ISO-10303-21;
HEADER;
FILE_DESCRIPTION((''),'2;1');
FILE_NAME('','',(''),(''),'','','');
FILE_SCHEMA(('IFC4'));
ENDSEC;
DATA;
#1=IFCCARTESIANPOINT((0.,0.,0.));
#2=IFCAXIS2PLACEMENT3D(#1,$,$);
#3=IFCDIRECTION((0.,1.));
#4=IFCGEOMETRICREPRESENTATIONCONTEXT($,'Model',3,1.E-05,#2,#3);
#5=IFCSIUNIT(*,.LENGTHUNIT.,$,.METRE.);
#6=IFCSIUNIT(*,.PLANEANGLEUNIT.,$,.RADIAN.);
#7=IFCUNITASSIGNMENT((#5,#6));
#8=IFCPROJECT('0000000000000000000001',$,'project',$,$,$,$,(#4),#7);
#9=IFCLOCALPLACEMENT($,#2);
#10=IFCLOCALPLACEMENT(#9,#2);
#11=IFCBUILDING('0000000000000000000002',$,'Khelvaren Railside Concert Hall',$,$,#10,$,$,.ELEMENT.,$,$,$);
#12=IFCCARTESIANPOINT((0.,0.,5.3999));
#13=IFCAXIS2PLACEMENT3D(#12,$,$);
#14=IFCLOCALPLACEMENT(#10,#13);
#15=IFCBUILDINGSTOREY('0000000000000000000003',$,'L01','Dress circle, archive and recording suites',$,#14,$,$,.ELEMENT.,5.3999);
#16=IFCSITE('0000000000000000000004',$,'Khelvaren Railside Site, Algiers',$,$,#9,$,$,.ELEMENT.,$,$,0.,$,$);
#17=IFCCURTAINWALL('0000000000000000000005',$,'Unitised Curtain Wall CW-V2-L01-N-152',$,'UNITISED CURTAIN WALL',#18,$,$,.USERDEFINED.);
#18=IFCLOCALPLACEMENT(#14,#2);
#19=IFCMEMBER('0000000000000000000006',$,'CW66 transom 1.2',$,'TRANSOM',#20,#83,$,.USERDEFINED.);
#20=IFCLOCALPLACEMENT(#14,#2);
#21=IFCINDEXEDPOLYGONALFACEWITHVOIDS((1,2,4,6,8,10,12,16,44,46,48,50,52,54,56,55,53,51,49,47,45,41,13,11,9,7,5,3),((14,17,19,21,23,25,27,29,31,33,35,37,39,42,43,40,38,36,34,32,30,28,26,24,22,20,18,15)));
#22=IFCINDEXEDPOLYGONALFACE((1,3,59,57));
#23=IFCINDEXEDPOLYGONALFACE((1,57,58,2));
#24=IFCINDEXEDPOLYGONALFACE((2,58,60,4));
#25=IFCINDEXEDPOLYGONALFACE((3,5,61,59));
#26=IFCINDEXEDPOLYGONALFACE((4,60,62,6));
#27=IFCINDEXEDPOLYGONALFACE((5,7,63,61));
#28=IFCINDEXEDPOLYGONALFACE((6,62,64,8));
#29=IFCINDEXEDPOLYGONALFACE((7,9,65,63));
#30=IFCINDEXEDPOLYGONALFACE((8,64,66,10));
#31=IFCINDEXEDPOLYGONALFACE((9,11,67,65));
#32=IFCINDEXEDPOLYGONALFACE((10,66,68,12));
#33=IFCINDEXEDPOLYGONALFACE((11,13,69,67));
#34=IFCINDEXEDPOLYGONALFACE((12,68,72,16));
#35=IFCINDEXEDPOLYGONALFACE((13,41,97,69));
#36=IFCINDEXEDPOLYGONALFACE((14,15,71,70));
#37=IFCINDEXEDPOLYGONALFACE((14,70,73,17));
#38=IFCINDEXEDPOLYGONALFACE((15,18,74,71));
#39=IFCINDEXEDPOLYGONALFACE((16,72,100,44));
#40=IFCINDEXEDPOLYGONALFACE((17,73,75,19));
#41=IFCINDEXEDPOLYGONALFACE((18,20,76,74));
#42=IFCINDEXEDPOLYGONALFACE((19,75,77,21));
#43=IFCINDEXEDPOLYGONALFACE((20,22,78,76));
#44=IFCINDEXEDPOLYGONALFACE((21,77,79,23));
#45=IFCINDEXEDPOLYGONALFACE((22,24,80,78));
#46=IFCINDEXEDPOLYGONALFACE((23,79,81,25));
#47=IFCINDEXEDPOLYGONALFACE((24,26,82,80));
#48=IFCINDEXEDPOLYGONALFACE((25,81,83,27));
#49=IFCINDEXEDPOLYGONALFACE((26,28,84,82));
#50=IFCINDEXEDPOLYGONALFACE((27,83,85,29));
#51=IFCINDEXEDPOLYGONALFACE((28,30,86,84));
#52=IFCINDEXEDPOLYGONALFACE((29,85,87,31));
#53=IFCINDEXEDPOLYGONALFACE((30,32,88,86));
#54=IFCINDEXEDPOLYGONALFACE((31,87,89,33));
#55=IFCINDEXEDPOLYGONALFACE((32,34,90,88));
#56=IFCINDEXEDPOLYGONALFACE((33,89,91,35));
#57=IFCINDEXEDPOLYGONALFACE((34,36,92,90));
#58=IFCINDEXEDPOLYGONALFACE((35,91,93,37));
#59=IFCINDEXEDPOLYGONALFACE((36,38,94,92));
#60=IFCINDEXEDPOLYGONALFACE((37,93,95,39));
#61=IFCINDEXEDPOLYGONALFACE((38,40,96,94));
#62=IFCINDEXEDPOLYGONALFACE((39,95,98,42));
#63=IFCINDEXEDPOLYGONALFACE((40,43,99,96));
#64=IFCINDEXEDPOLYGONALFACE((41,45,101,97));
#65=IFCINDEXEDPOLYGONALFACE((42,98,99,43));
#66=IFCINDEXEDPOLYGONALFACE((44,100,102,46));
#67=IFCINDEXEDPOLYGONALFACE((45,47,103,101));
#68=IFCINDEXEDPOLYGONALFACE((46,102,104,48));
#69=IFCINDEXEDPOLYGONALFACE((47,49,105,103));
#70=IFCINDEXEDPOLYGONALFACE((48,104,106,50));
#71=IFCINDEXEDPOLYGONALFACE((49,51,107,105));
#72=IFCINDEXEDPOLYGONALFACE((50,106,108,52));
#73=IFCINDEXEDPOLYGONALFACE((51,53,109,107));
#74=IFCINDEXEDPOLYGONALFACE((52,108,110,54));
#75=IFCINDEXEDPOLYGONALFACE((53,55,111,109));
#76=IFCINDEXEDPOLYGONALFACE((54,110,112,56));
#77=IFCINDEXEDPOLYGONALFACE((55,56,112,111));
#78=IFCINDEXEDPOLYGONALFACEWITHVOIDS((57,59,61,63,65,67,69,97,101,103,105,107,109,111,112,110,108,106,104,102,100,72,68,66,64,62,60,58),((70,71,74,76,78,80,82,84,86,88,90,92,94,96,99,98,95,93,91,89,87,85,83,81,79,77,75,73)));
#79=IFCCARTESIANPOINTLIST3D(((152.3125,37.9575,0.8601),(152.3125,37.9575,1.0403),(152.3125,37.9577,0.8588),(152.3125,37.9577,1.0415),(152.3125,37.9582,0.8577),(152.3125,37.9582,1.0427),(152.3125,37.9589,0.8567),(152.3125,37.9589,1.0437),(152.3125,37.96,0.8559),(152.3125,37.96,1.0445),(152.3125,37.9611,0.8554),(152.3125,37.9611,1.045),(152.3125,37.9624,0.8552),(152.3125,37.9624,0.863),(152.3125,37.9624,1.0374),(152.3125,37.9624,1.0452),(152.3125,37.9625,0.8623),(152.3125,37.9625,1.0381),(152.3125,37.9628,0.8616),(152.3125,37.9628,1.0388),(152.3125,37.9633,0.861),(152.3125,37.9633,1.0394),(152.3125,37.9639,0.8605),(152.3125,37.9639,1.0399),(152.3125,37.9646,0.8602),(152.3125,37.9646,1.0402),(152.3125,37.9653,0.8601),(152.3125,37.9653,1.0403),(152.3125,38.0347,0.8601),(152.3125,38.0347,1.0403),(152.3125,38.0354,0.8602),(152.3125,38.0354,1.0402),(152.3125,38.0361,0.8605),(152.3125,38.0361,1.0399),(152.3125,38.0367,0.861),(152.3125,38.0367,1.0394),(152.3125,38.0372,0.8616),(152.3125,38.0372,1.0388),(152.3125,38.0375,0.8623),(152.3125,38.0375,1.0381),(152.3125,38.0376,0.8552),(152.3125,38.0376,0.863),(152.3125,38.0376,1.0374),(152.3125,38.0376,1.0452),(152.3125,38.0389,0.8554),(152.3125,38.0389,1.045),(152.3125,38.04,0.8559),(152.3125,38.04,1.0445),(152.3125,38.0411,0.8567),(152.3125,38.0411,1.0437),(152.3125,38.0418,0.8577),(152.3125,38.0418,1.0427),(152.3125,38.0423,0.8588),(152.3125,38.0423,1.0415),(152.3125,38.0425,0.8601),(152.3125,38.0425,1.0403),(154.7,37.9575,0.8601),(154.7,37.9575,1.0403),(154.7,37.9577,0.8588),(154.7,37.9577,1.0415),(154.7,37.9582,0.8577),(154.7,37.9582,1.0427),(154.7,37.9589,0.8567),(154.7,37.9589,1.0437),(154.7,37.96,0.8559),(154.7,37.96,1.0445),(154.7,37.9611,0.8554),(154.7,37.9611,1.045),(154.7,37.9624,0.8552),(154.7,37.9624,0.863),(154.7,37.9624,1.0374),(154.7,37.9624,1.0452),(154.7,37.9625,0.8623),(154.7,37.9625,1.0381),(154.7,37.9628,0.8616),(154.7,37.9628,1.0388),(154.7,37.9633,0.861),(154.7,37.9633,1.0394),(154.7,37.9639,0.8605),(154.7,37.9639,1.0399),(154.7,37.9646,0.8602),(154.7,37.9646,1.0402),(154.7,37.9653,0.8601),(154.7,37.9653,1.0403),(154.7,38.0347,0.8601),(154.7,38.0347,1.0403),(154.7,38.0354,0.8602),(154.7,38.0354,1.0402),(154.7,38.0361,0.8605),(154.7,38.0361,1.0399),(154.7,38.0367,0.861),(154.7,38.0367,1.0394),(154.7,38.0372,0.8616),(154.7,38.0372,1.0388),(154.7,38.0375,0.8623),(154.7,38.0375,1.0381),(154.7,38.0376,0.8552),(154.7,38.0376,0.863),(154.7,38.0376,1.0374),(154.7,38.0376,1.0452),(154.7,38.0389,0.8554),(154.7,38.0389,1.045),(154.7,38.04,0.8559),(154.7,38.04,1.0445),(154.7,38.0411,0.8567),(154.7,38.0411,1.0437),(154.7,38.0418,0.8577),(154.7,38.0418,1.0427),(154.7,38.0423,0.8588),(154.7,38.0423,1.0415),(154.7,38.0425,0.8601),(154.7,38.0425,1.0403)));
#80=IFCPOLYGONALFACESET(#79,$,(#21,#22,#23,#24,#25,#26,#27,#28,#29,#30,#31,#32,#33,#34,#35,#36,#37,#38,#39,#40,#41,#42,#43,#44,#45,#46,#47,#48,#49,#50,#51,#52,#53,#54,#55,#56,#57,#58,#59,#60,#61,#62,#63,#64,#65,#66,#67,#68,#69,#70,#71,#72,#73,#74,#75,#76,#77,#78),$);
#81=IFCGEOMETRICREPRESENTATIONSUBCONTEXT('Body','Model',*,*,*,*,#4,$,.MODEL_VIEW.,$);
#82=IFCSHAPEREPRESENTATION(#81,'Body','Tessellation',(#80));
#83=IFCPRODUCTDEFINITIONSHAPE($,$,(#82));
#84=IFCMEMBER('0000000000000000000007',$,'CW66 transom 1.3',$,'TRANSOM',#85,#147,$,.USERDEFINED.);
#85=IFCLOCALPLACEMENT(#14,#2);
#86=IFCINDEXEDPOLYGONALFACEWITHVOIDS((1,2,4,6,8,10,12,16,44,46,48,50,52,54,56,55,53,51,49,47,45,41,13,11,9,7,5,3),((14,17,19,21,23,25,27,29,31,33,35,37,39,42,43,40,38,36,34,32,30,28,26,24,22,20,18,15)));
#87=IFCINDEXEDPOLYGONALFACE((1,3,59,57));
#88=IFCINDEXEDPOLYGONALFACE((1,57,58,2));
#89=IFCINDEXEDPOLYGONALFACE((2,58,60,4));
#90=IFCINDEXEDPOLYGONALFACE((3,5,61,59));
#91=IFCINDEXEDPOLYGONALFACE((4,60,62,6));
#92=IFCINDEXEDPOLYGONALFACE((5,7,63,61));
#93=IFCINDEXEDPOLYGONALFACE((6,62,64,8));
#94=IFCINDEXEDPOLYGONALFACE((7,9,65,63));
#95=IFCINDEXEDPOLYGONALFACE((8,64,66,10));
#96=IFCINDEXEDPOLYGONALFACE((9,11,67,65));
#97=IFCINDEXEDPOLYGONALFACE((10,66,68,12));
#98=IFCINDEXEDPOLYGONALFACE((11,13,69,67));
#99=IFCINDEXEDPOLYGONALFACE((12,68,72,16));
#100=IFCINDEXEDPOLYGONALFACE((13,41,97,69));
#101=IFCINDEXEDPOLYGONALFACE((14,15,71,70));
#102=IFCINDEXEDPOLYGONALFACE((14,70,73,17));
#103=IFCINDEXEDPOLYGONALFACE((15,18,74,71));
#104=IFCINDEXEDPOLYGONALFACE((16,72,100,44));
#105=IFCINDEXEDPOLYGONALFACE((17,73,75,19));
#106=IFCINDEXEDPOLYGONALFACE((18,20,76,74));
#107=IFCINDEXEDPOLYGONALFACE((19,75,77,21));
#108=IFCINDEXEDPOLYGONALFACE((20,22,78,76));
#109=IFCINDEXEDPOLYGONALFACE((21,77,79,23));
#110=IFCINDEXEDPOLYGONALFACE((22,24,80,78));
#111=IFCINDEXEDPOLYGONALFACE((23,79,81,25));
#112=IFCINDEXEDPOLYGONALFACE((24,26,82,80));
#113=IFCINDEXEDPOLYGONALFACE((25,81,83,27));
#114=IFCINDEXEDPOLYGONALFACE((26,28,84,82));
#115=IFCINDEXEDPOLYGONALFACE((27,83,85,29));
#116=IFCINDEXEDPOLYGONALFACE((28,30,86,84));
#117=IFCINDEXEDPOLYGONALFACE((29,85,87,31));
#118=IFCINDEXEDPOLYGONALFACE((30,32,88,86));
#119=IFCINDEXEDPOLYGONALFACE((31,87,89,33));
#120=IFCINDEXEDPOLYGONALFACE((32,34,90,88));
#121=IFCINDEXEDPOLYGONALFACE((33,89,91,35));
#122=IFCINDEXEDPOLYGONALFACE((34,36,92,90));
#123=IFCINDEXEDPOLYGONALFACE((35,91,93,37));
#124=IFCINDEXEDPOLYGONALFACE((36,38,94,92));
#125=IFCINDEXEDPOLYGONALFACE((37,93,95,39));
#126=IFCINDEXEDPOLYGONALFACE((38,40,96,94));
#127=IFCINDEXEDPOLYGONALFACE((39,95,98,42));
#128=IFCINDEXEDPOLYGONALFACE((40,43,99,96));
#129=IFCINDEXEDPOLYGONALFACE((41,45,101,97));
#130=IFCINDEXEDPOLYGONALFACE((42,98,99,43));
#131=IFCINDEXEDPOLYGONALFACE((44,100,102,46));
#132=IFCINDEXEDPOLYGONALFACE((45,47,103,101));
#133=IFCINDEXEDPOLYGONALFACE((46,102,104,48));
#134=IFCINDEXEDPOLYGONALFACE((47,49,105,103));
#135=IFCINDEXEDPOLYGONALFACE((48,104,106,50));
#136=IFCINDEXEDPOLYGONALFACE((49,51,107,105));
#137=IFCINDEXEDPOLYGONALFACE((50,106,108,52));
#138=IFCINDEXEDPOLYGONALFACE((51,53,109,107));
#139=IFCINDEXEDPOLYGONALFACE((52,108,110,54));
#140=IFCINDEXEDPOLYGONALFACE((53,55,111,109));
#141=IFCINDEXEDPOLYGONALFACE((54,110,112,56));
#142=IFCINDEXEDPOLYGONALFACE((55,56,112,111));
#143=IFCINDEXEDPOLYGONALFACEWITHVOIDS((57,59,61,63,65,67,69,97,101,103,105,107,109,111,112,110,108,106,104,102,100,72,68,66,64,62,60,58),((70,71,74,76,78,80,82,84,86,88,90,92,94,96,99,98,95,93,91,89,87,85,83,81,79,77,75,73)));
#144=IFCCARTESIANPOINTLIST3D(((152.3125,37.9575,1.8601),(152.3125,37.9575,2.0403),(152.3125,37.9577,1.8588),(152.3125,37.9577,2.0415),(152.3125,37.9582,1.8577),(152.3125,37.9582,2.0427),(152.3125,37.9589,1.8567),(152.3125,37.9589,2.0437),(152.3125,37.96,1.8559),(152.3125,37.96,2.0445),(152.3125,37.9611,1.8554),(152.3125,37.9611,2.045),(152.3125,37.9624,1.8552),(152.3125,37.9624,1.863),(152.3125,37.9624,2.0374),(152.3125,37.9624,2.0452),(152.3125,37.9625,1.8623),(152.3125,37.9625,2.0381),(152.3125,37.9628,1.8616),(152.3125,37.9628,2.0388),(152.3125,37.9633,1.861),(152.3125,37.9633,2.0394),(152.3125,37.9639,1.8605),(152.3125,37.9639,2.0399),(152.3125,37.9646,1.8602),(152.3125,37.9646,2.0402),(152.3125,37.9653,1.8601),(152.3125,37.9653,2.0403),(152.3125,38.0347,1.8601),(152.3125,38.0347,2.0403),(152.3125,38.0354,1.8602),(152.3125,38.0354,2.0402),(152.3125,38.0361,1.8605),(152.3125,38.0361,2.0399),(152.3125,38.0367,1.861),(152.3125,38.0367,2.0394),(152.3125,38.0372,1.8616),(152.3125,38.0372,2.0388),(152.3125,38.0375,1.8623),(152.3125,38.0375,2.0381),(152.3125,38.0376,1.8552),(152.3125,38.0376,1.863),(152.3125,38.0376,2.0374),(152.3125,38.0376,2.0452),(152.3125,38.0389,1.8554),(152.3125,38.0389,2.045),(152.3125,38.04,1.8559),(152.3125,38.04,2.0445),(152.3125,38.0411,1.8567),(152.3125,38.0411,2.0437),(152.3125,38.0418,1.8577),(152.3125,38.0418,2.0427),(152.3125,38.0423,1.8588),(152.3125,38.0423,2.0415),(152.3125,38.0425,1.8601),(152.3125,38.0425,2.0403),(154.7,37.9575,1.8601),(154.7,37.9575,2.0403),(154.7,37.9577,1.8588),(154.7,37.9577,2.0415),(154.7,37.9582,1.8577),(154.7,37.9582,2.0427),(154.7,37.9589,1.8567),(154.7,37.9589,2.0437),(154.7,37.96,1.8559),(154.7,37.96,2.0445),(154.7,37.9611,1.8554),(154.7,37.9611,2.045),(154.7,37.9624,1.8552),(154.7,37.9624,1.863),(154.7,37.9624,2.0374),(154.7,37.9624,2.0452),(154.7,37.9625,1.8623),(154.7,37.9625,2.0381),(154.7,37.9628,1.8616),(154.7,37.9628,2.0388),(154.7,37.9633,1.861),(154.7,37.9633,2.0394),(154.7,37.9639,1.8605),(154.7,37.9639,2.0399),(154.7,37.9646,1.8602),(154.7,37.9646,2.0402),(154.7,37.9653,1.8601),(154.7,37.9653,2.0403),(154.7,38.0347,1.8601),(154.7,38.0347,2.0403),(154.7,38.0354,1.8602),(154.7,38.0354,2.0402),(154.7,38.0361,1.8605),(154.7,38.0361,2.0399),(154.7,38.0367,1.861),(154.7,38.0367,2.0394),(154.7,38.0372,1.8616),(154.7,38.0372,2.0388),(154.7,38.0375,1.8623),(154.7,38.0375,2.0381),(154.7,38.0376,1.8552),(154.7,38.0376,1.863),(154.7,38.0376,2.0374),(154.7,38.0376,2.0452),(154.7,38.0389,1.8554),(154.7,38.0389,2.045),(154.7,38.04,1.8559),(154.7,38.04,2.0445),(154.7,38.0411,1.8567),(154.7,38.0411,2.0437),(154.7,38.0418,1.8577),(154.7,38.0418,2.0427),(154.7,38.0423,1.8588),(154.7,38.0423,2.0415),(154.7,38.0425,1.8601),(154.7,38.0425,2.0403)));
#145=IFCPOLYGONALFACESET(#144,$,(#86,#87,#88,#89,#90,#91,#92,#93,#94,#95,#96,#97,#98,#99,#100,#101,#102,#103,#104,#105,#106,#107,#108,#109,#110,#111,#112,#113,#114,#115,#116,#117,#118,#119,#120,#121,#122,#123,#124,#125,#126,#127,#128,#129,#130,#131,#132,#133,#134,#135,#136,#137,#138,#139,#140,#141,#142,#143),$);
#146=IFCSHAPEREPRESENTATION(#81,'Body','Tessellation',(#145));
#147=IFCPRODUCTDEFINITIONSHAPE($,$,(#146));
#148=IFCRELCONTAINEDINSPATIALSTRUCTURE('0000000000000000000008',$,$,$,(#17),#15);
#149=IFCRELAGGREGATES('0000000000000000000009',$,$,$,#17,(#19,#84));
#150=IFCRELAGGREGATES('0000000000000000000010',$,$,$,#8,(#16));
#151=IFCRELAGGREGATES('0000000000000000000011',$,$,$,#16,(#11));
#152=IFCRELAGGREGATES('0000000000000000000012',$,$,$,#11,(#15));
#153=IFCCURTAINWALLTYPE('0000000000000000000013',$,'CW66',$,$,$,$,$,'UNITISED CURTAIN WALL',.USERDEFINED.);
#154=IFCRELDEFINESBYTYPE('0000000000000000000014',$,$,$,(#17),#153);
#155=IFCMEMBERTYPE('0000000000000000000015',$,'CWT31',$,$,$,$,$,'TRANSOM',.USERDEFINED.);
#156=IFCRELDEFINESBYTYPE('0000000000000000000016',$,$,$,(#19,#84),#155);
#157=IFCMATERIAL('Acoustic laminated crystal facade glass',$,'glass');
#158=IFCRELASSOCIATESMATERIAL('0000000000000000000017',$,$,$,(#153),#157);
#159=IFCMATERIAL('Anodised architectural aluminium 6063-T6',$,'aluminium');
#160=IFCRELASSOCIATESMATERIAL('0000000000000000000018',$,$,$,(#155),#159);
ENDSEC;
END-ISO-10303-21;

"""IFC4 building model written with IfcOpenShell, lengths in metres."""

from ifc_helpers import new_model, si_unit, direction, frame, origin, origin_2d, place, context, subcontext, project, spatial, hollow_rectangle, extrude, material, material_profile, profile_set, type_object, element, aggregate, save


model = new_model("IFC4")

# Units and contexts
model_context = context("Model", 3, precision=1e-05, world=origin(), true_north=direction((0.0, 1.0)))
body_context = subcontext(model_context, "Body", "Model", "MODEL_VIEW")
ifc_project = project(units=[si_unit("LENGTHUNIT", "METRE"), si_unit("PLANEANGLEUNIT", "RADIAN")], contexts=[model_context])

# Site, building, storey
site_placement = place(None, origin())
site = spatial("IfcSite", under=ifc_project, at=site_placement, Name="Khelvaren Railside Site, Algiers", CompositionType="ELEMENT", RefElevation=0.0)
building_placement = place(site_placement, origin())
building = spatial("IfcBuilding", under=site, at=building_placement, Name="Khelvaren Railside Concert Hall", CompositionType="ELEMENT")
storey_placement = place(building_placement, frame((0.0, 0.0, 5.3999)))
storey = spatial("IfcBuildingStorey", under=building, at=storey_placement, Name="L01", Description="Dress circle, archive and recording suites", CompositionType="ELEMENT", Elevation=5.3999)

# Shared definitions
ifc_material_1 = material(Name="Acoustic laminated crystal facade glass", Category="glass")
ifc_material_2 = material(Name="Anodised architectural aluminium 6063-T6", Category="aluminium")

# Curtain wall
curtain_wall_type_1 = type_object("IfcCurtainWallType", Name="CW66", ElementType="UNITISED CURTAIN WALL", PredefinedType="USERDEFINED", material=ifc_material_1)
curtain_wall_1_placement = place(storey_placement, origin())
curtain_wall_1 = element("IfcCurtainWall", 1, at=curtain_wall_1_placement, inside=storey, type_object=curtain_wall_type_1, Name="Unitised Curtain Wall CW-V2-L01-N-152", ObjectType="UNITISED CURTAIN WALL", PredefinedType="USERDEFINED")

# Members
ifc_material_profile_1 = material_profile(ifc_material_2, hollow_rectangle(XDim=0.085, YDim=0.1899, WallThickness=0.0049, InnerFilletRadius=0.0029, OuterFilletRadius=0.0049, at=origin_2d()), Name="CWT 85x190x5")
ifc_profile_set_1 = profile_set([ifc_material_profile_1], Name="Anodised architectural aluminium 6063-T6")
member_type_1 = type_object("IfcMemberType", Name="CWT31", ElementType="TRANSOM", PredefinedType="USERDEFINED", material=ifc_profile_set_1)
member_1_placement = place(storey_placement, frame((152.3125, 38.0, 0.9502), z_axis=(1.0, 0.0, 0.0), x_axis=(0.0, 1.0, 0.0)))
member_1 = element("IfcMember", 2, at=member_1_placement, type_object=member_type_1, Name="CW66 transom 1.2", ObjectType="TRANSOM", PredefinedType="USERDEFINED", context=body_context, shape_type="SweptSolid", body=[
    extrude(hollow_rectangle(XDim=0.085, YDim=0.1899, WallThickness=0.0049, InnerFilletRadius=0.0029, OuterFilletRadius=0.0049, at=origin_2d()), origin(), (0.0, 0.0, 1.0), 2.3875),
])
member_2_placement = place(storey_placement, frame((152.3125, 38.0, 1.9502), z_axis=(1.0, 0.0, 0.0), x_axis=(0.0, 1.0, 0.0)))
member_2 = element("IfcMember", 3, at=member_2_placement, type_object=member_type_1, Name="CW66 transom 1.3", ObjectType="TRANSOM", PredefinedType="USERDEFINED", context=body_context, shape_type="SweptSolid", body=[
    extrude(hollow_rectangle(XDim=0.085, YDim=0.1899, WallThickness=0.0049, InnerFilletRadius=0.0029, OuterFilletRadius=0.0049, at=origin_2d()), origin(), (0.0, 0.0, 1.0), 2.3875),
])

aggregate(curtain_wall_1, [member_1, member_2])

save(model, "model.ifc")
